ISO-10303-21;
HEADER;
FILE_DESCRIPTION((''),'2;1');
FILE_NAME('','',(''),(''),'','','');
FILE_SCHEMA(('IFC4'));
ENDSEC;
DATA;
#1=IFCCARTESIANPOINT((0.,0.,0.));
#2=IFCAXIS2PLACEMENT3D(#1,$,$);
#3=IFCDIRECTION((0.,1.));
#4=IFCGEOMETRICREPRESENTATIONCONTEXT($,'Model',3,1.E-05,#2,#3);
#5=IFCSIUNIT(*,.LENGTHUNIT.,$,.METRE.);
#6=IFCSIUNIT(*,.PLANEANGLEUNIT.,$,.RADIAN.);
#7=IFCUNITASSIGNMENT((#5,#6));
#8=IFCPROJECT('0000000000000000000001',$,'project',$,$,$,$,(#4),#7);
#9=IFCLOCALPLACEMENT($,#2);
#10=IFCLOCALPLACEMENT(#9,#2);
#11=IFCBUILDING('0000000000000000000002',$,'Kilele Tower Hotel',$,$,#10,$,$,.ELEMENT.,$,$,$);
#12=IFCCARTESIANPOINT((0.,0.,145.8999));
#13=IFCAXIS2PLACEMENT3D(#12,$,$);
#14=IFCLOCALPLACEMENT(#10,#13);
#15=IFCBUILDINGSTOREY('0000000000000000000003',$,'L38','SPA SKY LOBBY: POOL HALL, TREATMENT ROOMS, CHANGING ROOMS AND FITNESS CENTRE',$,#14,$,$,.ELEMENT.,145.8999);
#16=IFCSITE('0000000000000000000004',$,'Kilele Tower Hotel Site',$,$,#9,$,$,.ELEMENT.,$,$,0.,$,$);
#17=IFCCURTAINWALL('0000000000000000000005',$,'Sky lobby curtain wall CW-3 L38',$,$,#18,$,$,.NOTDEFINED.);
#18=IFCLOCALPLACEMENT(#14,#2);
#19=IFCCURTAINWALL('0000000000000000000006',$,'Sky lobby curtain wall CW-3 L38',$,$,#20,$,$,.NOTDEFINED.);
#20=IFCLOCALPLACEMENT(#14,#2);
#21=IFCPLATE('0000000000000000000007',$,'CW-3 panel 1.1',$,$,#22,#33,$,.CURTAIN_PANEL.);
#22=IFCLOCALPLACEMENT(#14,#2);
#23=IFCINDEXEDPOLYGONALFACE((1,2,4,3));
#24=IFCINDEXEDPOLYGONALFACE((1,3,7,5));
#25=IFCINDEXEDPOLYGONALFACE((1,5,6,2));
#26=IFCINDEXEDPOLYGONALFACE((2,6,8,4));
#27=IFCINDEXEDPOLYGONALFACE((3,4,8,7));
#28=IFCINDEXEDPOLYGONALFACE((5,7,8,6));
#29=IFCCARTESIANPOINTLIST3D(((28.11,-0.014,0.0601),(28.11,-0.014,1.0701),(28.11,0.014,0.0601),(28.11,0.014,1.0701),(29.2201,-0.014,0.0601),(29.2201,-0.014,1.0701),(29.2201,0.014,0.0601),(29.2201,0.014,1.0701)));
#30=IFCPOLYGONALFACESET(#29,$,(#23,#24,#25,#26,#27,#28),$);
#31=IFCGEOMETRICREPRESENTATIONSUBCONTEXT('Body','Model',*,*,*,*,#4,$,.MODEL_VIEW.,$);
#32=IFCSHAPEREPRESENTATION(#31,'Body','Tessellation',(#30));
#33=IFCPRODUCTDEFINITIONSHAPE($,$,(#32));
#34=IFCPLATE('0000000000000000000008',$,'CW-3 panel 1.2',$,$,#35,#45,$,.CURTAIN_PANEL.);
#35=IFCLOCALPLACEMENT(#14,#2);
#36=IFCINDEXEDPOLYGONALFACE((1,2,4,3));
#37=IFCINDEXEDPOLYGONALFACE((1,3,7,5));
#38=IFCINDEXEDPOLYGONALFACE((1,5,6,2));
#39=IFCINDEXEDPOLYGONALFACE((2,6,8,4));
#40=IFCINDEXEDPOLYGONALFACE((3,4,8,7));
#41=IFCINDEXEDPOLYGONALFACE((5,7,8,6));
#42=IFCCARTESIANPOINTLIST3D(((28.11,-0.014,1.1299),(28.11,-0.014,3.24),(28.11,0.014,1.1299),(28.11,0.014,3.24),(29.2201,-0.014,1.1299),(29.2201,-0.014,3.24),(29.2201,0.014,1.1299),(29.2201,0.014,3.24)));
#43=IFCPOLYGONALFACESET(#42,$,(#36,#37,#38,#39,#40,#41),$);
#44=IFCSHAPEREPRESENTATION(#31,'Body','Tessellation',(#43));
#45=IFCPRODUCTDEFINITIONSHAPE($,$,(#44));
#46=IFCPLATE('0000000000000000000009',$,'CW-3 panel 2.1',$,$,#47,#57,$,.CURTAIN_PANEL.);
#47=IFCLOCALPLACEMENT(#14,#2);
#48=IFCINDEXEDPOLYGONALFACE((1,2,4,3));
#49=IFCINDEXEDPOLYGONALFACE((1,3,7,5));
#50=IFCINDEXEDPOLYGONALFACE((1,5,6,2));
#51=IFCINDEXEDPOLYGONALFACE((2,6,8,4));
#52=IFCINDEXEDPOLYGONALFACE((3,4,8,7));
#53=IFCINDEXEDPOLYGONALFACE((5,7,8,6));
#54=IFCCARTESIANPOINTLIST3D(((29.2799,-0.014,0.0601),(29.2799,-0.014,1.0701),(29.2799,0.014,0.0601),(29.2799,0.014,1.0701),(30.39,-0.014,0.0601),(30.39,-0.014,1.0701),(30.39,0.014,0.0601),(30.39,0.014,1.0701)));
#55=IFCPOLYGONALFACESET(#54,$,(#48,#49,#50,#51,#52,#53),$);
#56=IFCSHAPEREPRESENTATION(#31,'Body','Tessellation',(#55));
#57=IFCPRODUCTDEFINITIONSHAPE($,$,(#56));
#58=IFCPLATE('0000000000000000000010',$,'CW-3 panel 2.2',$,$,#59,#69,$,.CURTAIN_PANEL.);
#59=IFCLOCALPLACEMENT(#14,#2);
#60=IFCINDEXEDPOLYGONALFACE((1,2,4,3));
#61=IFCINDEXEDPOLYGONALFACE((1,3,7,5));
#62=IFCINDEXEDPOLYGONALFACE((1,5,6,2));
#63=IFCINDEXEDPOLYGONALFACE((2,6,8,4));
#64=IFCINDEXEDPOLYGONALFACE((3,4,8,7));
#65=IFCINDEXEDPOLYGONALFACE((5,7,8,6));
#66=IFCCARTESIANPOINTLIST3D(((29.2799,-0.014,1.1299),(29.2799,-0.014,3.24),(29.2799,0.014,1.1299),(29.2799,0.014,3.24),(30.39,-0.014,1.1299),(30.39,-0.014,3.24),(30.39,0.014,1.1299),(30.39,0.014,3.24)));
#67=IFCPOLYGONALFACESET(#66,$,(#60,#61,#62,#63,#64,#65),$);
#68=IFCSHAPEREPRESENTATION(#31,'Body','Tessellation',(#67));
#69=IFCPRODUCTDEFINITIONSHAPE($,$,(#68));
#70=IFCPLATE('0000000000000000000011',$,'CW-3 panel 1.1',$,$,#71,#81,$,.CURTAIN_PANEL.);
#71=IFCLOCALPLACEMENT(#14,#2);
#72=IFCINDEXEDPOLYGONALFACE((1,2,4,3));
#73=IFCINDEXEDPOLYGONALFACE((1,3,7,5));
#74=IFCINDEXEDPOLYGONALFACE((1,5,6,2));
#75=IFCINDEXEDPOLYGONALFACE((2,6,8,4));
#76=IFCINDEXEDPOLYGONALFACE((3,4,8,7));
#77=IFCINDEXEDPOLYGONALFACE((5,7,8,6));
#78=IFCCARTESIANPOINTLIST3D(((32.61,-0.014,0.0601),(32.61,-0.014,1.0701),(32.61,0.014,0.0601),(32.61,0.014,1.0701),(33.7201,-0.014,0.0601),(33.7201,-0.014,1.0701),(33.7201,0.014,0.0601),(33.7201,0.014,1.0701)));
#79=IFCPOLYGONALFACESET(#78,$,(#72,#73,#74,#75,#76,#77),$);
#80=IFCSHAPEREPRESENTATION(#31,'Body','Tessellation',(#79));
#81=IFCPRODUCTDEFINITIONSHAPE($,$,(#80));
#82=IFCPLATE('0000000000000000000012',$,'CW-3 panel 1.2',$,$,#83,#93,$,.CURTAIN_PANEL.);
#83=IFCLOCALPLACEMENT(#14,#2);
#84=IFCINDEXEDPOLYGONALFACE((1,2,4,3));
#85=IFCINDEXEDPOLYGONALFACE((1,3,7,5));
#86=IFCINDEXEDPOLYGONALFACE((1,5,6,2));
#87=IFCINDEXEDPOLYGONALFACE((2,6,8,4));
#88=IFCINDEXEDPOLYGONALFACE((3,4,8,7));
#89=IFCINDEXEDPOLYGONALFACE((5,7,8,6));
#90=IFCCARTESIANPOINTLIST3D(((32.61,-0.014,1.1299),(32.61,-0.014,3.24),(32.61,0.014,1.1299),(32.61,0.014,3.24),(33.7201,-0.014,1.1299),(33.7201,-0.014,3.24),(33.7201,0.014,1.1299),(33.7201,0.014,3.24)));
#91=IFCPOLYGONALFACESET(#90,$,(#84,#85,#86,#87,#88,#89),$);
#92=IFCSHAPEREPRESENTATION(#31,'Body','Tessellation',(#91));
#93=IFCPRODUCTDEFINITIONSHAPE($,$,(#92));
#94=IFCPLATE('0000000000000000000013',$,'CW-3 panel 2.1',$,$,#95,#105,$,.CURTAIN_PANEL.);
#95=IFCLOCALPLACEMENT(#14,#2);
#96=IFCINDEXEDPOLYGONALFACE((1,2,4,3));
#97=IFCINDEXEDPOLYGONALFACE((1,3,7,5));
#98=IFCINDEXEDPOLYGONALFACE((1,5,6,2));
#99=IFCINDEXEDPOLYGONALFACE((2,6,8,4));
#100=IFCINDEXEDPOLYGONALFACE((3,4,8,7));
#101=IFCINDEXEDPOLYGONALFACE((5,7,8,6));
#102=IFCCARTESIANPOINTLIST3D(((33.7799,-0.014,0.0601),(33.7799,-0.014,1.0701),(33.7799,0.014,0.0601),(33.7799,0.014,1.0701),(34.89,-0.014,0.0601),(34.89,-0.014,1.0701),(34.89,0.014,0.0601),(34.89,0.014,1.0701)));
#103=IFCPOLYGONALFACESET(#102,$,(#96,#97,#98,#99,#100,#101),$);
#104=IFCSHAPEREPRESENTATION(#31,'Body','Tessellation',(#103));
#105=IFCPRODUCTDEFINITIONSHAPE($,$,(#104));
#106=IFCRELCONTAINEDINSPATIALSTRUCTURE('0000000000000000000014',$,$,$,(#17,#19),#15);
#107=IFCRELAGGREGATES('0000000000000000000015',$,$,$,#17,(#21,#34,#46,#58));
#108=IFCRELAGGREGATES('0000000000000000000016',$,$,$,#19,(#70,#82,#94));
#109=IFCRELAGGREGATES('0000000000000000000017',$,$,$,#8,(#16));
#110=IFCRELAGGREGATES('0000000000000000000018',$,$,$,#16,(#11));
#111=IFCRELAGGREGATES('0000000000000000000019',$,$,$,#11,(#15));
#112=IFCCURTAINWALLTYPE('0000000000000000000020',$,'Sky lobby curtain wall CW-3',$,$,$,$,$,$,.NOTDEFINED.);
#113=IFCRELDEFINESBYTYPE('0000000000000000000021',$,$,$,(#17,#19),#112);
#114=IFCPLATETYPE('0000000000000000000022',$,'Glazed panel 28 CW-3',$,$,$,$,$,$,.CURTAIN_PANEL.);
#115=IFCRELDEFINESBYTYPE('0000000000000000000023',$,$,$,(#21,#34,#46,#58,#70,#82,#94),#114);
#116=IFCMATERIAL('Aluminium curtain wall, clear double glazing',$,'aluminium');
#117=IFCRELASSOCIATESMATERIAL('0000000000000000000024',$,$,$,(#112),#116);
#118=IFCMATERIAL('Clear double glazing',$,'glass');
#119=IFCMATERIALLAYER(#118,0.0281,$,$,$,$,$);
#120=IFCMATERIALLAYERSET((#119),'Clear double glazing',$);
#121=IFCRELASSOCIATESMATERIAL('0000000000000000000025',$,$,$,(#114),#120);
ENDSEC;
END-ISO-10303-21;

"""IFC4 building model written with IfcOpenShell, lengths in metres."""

from ifc_helpers import new_model, si_unit, direction, frame, origin, origin_2d, place, context, subcontext, project, spatial, rectangle, extrude, material, layer, layer_set, type_object, element, aggregate, save


model = new_model("IFC4")

# Units and contexts
model_context = context("Model", 3, precision=1e-05, world=origin(), true_north=direction((0.0, 1.0)))
body_context = subcontext(model_context, "Body", "Model", "MODEL_VIEW")
ifc_project = project(units=[si_unit("LENGTHUNIT", "METRE"), si_unit("PLANEANGLEUNIT", "RADIAN")], contexts=[model_context])

# Site, building, storey
site_placement = place(None, origin())
site = spatial("IfcSite", under=ifc_project, at=site_placement, Name="Kilele Tower Hotel Site", CompositionType="ELEMENT", RefElevation=0.0)
building_placement = place(site_placement, origin())
building = spatial("IfcBuilding", under=site, at=building_placement, Name="Kilele Tower Hotel", CompositionType="ELEMENT")
storey_placement = place(building_placement, frame((0.0, 0.0, 145.8999)))
storey = spatial("IfcBuildingStorey", under=building, at=storey_placement, Name="L38", Description="SPA SKY LOBBY: POOL HALL, TREATMENT ROOMS, CHANGING ROOMS AND FITNESS CENTRE", CompositionType="ELEMENT", Elevation=145.8999)

# Curtain walls
ifc_material_1 = material(Name="Aluminium curtain wall, clear double glazing", Category="aluminium")
curtain_wall_type = type_object("IfcCurtainWallType", Name="Sky lobby curtain wall CW-3", PredefinedType="NOTDEFINED", material=ifc_material_1)
curtain_wall_1_placement = place(storey_placement, origin())
curtain_wall_1 = element("IfcCurtainWall", 1, at=curtain_wall_1_placement, inside=storey, type_object=curtain_wall_type, Name="Sky lobby curtain wall CW-3 L38", PredefinedType="NOTDEFINED")
curtain_wall_2_placement = place(storey_placement, origin())
curtain_wall_2 = element("IfcCurtainWall", 2, at=curtain_wall_2_placement, inside=storey, type_object=curtain_wall_type, Name="Sky lobby curtain wall CW-3 L38", PredefinedType="NOTDEFINED")

# Plates
ifc_material_2 = material(Name="Clear double glazing", Category="glass")
ifc_layer = layer(ifc_material_2, 0.0281)
ifc_layer_set = layer_set([ifc_layer], Name="Clear double glazing")
plate_type = type_object("IfcPlateType", Name="Glazed panel 28 CW-3", PredefinedType="CURTAIN_PANEL", material=ifc_layer_set)
plate_1_placement = place(storey_placement, frame((28.665, 0.0, 0.0601), z_axis=(0.0, 0.0, 1.0), x_axis=(1.0, 0.0, 0.0)))
plate_1 = element("IfcPlate", 3, at=plate_1_placement, type_object=plate_type, Name="CW-3 panel 1.1", PredefinedType="CURTAIN_PANEL", context=body_context, shape_type="SweptSolid", body=[
    extrude(rectangle(XDim=1.1101, YDim=0.0281, at=origin_2d()), origin(), (0.0, 0.0, 1.0), 1.01),
])
plate_2_placement = place(storey_placement, frame((28.665, 0.0, 1.1299), z_axis=(0.0, 0.0, 1.0), x_axis=(1.0, 0.0, 0.0)))
plate_2 = element("IfcPlate", 4, at=plate_2_placement, type_object=plate_type, Name="CW-3 panel 1.2", PredefinedType="CURTAIN_PANEL", context=body_context, shape_type="SweptSolid", body=[
    extrude(rectangle(XDim=1.1101, YDim=0.0281, at=origin_2d()), origin(), (0.0, 0.0, 1.0), 2.1101),
])
plate_3_placement = place(storey_placement, frame((29.835, 0.0, 0.0601), z_axis=(0.0, 0.0, 1.0), x_axis=(1.0, 0.0, 0.0)))
plate_3 = element("IfcPlate", 5, at=plate_3_placement, type_object=plate_type, Name="CW-3 panel 2.1", PredefinedType="CURTAIN_PANEL", context=body_context, shape_type="SweptSolid", body=[
    extrude(rectangle(XDim=1.1101, YDim=0.0281, at=origin_2d()), origin(), (0.0, 0.0, 1.0), 1.01),
])
plate_4_placement = place(storey_placement, frame((29.835, 0.0, 1.1299), z_axis=(0.0, 0.0, 1.0), x_axis=(1.0, 0.0, 0.0)))
plate_4 = element("IfcPlate", 6, at=plate_4_placement, type_object=plate_type, Name="CW-3 panel 2.2", PredefinedType="CURTAIN_PANEL", context=body_context, shape_type="SweptSolid", body=[
    extrude(rectangle(XDim=1.1101, YDim=0.0281, at=origin_2d()), origin(), (0.0, 0.0, 1.0), 2.1101),
])
aggregate(curtain_wall_1, [plate_1, plate_2, plate_3, plate_4])
plate_5_placement = place(storey_placement, frame((33.165, 0.0, 0.0601), z_axis=(0.0, 0.0, 1.0), x_axis=(1.0, 0.0, 0.0)))
plate_5 = element("IfcPlate", 7, at=plate_5_placement, type_object=plate_type, Name="CW-3 panel 1.1", PredefinedType="CURTAIN_PANEL", context=body_context, shape_type="SweptSolid", body=[
    extrude(rectangle(XDim=1.1101, YDim=0.0281, at=origin_2d()), origin(), (0.0, 0.0, 1.0), 1.01),
])
plate_6_placement = place(storey_placement, frame((33.165, 0.0, 1.1299), z_axis=(0.0, 0.0, 1.0), x_axis=(1.0, 0.0, 0.0)))
plate_6 = element("IfcPlate", 8, at=plate_6_placement, type_object=plate_type, Name="CW-3 panel 1.2", PredefinedType="CURTAIN_PANEL", context=body_context, shape_type="SweptSolid", body=[
    extrude(rectangle(XDim=1.1101, YDim=0.0281, at=origin_2d()), origin(), (0.0, 0.0, 1.0), 2.1101),
])
plate_7_placement = place(storey_placement, frame((34.335, 0.0, 0.0601), z_axis=(0.0, 0.0, 1.0), x_axis=(1.0, 0.0, 0.0)))
plate_7 = element("IfcPlate", 9, at=plate_7_placement, type_object=plate_type, Name="CW-3 panel 2.1", PredefinedType="CURTAIN_PANEL", context=body_context, shape_type="SweptSolid", body=[
    extrude(rectangle(XDim=1.1101, YDim=0.0281, at=origin_2d()), origin(), (0.0, 0.0, 1.0), 1.01),
])
aggregate(curtain_wall_2, [plate_5, plate_6, plate_7])

save(model, "model.ifc")
